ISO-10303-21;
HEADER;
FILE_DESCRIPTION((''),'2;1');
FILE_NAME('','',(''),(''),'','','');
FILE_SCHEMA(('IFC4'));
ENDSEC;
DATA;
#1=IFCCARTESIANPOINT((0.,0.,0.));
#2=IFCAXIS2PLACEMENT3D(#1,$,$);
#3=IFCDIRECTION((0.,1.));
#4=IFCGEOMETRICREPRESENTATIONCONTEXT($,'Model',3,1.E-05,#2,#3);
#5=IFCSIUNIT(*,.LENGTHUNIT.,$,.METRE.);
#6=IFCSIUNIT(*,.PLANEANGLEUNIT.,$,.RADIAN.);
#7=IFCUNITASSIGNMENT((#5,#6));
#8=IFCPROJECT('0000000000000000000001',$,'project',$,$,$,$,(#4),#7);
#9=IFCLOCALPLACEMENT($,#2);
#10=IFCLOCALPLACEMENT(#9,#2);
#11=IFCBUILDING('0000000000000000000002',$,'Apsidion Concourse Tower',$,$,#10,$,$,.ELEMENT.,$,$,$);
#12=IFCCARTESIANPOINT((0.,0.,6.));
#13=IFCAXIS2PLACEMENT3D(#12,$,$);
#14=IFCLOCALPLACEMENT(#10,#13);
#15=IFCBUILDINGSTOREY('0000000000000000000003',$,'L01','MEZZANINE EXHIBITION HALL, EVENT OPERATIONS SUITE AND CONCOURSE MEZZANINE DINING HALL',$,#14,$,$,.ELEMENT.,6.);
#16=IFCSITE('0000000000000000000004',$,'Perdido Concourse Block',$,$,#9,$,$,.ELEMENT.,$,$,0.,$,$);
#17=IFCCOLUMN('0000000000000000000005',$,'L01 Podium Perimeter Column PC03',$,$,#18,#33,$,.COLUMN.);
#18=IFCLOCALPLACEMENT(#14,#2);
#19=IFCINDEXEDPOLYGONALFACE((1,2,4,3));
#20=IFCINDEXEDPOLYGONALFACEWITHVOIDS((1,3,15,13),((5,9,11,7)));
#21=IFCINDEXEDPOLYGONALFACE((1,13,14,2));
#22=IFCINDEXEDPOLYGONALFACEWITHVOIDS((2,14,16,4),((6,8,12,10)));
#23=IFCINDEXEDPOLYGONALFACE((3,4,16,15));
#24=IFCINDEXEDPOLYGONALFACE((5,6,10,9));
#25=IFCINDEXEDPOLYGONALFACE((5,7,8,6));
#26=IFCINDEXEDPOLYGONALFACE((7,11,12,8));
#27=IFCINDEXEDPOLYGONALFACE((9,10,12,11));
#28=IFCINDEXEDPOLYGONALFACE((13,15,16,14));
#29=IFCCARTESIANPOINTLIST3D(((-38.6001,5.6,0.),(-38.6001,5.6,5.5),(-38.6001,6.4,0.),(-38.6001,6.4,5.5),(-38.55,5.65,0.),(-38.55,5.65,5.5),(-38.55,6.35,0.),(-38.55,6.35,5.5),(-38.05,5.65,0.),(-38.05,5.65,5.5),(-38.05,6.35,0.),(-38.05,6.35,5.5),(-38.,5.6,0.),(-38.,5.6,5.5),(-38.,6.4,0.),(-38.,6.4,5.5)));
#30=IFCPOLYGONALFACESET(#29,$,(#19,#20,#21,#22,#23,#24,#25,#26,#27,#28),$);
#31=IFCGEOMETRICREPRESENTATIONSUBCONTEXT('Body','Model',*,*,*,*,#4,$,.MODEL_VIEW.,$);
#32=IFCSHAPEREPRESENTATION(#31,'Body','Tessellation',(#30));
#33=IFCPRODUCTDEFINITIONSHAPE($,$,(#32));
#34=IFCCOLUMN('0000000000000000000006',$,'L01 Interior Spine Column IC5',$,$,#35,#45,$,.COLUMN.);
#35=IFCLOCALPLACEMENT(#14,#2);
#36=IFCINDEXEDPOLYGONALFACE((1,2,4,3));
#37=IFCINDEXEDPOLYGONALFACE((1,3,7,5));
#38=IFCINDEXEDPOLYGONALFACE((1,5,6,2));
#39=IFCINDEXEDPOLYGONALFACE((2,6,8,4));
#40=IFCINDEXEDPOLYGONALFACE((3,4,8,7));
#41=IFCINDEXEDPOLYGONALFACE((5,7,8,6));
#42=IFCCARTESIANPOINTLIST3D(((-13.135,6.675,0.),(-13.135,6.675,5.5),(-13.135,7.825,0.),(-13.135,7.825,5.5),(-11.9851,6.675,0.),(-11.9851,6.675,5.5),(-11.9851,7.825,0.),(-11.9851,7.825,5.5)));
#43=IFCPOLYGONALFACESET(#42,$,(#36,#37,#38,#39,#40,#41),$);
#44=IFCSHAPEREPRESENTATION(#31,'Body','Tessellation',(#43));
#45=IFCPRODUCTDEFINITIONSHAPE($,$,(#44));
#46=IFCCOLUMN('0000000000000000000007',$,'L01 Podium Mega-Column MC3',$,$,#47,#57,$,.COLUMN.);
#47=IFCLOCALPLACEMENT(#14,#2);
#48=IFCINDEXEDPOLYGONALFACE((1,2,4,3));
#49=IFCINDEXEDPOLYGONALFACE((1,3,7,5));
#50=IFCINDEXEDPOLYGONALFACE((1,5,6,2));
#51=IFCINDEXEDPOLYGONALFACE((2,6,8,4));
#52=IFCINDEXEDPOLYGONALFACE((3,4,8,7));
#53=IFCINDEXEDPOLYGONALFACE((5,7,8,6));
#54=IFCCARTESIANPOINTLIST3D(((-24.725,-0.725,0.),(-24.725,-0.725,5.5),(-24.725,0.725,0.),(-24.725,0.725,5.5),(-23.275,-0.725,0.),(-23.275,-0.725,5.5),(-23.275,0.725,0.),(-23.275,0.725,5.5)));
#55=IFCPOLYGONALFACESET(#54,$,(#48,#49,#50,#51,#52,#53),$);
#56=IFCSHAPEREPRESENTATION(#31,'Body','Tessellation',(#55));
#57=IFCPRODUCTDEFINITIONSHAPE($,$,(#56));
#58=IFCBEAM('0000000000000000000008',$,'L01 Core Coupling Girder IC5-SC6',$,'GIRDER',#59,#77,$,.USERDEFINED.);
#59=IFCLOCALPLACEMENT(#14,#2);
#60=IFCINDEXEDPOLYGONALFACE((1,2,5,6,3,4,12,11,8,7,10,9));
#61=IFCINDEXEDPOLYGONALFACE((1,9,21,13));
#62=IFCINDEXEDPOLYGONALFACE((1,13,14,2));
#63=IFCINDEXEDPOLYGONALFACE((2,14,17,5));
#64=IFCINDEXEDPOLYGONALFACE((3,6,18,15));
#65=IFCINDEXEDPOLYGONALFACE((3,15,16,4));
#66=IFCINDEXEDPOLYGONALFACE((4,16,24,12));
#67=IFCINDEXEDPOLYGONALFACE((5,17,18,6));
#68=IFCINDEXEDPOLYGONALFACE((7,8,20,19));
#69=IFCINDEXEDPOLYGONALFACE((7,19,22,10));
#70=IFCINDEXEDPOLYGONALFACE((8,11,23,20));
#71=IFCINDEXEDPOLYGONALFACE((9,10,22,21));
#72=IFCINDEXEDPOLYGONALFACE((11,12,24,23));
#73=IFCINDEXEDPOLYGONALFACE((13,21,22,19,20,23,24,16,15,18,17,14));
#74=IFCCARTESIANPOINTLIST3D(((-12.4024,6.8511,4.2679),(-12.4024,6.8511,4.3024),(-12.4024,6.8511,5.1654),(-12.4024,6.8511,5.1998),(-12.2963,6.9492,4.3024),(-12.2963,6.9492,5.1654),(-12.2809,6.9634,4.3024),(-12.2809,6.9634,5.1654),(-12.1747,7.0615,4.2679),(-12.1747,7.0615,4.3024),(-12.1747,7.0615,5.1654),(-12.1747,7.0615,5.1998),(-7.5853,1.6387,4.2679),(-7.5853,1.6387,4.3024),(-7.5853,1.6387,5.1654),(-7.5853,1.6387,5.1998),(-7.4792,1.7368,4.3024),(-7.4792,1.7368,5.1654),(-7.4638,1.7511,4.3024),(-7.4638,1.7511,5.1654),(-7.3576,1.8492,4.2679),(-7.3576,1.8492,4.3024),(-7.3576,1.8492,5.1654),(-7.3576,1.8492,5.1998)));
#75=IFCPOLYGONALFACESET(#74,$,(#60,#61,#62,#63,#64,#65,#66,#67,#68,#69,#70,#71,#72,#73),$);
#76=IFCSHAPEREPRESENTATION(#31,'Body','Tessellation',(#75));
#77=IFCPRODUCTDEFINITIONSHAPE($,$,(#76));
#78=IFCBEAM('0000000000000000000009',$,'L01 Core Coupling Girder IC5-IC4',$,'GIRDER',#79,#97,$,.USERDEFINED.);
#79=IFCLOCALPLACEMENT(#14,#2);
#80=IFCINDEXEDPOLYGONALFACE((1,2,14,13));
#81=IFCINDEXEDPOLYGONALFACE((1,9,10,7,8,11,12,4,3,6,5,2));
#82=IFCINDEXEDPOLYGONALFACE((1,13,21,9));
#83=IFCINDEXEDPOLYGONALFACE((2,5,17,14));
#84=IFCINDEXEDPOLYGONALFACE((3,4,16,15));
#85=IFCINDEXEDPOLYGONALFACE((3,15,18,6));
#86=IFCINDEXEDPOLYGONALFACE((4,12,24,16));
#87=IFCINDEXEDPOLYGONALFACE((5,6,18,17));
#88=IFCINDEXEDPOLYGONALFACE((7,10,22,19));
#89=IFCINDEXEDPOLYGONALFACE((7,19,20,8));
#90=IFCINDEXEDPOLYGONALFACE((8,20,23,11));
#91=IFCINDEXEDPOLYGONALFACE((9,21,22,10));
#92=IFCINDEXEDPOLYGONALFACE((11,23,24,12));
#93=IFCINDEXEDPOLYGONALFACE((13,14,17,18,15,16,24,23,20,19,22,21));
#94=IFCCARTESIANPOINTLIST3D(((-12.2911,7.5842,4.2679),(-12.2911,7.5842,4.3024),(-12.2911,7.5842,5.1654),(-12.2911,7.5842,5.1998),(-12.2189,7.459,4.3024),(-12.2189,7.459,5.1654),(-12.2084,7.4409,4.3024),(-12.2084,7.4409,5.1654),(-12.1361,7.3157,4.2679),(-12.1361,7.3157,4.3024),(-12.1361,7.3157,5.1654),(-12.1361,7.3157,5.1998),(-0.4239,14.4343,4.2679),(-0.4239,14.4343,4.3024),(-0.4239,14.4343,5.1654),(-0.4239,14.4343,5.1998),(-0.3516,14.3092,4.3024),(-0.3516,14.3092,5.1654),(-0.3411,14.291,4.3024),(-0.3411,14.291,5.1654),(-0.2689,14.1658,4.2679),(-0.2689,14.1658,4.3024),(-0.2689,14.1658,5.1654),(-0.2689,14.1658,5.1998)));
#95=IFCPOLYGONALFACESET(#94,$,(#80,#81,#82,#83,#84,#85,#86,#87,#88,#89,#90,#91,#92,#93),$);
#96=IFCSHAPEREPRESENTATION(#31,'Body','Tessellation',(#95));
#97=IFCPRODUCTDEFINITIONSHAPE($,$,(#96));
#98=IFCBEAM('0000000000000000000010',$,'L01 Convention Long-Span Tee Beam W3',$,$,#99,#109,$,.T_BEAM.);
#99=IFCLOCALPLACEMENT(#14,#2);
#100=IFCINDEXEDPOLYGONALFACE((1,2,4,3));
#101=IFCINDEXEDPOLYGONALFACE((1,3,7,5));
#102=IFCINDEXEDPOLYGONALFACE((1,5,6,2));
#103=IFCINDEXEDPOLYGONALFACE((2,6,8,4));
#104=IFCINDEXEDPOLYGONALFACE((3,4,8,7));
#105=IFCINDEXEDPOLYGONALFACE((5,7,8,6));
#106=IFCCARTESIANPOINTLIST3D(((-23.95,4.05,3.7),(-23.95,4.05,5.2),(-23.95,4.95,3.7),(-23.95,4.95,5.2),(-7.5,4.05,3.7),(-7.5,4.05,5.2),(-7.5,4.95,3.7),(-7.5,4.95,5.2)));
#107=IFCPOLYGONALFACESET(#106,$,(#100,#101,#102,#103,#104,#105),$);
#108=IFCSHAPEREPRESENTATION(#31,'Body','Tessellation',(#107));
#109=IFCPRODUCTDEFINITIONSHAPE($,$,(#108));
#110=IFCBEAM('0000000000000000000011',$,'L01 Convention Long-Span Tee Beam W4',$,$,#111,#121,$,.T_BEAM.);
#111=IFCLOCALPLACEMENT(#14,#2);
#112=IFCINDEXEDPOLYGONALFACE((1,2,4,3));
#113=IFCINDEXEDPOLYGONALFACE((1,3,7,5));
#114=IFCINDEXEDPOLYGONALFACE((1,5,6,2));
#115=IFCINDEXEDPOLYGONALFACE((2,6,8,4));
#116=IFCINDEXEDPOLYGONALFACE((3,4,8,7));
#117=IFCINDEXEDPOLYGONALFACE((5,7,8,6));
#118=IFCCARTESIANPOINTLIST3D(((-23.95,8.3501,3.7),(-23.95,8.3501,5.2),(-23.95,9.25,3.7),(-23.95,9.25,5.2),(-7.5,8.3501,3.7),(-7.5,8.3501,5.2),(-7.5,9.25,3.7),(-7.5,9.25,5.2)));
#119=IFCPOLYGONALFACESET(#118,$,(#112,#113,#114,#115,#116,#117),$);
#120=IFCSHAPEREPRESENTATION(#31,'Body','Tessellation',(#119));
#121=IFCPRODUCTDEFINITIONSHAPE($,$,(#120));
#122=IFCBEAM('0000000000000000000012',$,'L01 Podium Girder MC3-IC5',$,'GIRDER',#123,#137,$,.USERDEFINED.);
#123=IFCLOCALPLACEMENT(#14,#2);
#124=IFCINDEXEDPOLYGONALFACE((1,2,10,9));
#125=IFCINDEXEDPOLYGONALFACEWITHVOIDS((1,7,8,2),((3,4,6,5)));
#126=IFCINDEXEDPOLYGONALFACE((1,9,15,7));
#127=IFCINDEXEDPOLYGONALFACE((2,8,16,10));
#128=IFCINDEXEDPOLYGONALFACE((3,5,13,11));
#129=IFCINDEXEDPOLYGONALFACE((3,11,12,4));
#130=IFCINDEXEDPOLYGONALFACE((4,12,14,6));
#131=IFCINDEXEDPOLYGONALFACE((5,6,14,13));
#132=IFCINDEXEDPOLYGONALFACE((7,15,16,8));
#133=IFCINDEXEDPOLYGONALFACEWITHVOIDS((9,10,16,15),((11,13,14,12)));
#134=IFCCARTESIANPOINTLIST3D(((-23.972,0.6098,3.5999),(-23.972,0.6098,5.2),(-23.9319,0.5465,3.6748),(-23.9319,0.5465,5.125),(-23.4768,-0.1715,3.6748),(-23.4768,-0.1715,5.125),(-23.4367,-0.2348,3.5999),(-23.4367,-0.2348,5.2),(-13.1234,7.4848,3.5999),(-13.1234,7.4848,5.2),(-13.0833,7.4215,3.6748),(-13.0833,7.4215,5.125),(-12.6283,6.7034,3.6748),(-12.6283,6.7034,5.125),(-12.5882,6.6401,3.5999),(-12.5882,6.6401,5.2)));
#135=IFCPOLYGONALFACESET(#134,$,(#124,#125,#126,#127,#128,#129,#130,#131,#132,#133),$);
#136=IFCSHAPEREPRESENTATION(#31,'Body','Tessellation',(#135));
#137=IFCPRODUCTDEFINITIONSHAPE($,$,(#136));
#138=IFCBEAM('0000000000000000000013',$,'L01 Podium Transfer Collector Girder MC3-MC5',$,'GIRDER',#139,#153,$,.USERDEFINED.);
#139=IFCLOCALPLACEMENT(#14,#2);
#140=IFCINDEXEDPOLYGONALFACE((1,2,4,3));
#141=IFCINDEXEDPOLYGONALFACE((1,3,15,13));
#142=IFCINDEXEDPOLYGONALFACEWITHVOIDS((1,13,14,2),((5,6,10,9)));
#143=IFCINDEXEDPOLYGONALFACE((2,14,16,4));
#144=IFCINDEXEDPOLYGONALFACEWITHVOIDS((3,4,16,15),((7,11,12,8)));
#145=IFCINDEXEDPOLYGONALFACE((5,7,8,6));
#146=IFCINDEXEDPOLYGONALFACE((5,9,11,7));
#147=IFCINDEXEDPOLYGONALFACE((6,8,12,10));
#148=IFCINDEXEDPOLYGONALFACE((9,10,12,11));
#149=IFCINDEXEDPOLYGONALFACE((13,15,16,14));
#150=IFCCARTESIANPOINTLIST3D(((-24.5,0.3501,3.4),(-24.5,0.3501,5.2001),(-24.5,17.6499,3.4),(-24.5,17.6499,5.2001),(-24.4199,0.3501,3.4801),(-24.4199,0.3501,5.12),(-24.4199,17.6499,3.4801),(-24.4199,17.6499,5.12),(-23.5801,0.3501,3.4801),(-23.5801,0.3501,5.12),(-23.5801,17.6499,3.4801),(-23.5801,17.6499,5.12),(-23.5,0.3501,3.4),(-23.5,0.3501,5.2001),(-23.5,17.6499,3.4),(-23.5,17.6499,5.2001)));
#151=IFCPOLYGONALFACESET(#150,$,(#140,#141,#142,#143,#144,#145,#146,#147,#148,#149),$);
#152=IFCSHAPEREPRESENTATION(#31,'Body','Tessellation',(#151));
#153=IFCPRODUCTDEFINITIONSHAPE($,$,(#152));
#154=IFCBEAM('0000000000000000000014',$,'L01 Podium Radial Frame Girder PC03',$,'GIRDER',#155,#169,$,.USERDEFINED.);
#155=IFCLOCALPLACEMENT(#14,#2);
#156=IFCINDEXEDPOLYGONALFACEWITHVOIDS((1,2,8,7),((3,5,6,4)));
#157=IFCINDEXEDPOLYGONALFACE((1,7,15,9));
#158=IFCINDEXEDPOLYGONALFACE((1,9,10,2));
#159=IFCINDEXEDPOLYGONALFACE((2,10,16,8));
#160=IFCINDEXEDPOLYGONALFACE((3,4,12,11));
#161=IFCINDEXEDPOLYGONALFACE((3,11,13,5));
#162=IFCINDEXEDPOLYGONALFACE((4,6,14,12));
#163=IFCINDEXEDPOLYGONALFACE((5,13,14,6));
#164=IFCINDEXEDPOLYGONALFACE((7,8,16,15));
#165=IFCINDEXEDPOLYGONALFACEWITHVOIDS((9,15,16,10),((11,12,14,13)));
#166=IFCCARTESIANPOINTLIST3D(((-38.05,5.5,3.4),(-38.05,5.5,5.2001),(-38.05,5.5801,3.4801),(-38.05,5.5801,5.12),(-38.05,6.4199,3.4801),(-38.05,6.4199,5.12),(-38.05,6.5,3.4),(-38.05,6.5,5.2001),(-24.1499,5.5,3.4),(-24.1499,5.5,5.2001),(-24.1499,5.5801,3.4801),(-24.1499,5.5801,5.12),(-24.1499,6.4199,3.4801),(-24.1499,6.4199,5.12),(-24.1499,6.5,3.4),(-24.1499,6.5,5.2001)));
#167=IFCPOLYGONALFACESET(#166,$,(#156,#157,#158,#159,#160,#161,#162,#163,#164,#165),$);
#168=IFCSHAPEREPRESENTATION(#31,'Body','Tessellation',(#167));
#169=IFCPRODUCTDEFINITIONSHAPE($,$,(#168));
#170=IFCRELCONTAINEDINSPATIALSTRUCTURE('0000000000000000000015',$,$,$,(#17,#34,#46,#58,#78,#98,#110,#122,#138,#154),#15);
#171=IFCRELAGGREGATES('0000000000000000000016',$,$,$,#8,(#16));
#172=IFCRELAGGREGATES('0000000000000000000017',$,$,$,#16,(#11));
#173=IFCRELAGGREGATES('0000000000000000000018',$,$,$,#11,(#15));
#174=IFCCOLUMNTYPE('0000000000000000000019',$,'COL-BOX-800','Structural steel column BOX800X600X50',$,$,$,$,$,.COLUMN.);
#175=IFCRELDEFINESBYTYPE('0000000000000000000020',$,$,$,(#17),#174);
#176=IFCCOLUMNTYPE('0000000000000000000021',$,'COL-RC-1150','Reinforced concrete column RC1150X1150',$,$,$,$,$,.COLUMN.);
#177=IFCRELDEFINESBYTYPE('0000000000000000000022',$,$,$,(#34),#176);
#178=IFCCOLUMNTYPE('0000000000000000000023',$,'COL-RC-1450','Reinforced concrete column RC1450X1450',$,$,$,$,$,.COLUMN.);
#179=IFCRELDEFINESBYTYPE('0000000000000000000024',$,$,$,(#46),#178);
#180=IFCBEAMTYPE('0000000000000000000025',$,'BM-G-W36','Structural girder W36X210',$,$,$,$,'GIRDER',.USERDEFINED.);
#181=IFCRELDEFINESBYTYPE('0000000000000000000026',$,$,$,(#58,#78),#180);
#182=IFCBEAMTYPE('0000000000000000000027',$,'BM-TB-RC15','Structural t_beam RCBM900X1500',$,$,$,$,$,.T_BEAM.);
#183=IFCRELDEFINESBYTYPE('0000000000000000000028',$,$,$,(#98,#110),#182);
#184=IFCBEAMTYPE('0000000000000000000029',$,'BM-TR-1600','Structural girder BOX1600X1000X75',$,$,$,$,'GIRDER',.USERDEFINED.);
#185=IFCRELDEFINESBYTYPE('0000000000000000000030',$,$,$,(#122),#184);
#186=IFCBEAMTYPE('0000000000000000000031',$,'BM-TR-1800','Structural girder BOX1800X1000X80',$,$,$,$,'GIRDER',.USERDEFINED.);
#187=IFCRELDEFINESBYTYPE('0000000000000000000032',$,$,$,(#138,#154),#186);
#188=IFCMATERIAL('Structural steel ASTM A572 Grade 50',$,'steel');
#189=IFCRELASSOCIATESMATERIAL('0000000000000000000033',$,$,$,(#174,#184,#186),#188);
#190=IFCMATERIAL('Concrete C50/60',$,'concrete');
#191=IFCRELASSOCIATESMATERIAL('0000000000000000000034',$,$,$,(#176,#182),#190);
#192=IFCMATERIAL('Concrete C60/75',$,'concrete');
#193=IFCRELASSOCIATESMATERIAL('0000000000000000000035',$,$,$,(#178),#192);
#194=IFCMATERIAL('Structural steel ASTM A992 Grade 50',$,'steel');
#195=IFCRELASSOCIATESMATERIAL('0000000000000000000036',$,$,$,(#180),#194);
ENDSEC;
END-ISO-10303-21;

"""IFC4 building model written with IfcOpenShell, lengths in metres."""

from ifc_helpers import new_model, si_unit, direction, frame, origin, origin_2d, place, context, subcontext, project, spatial, rectangle, hollow_rectangle, i_section, extrude, material, material_profile, profile_set, type_object, element, save


model = new_model("IFC4")

# Units and contexts
model_context = context("Model", 3, precision=1e-05, world=origin(), true_north=direction((0.0, 1.0)))
body_context = subcontext(model_context, "Body", "Model", "MODEL_VIEW")
ifc_project = project(units=[si_unit("LENGTHUNIT", "METRE"), si_unit("PLANEANGLEUNIT", "RADIAN")], contexts=[model_context])

# Site, building, storey
site_placement = place(None, origin())
site = spatial("IfcSite", under=ifc_project, at=site_placement, Name="Perdido Concourse Block", CompositionType="ELEMENT", RefElevation=0.0)
building_placement = place(site_placement, origin())
building = spatial("IfcBuilding", under=site, at=building_placement, Name="Apsidion Concourse Tower", CompositionType="ELEMENT")
storey_placement = place(building_placement, frame((0.0, 0.0, 6.0)))
storey = spatial("IfcBuildingStorey", under=building, at=storey_placement, Name="L01", Description="MEZZANINE EXHIBITION HALL, EVENT OPERATIONS SUITE AND CONCOURSE MEZZANINE DINING HALL", CompositionType="ELEMENT", Elevation=6.0)

# Columns
ifc_material_1 = material(Name="Structural steel ASTM A572 Grade 50", Category="steel")
ifc_material_profile_1 = material_profile(ifc_material_1, hollow_rectangle(XDim=0.6001, YDim=0.8, WallThickness=0.05, at=origin_2d()), Name="BOX800X600X50")
ifc_profile_set_1 = profile_set([ifc_material_profile_1], Name="Structural steel ASTM A572 Grade 50")
column_type_1 = type_object("IfcColumnType", Name="COL-BOX-800", Description="Structural steel column BOX800X600X50", PredefinedType="COLUMN", material=ifc_profile_set_1)
column_1_placement = place(storey_placement, frame((-38.3, 6.0, 0.0), z_axis=(0.0, 0.0, 1.0), x_axis=(1.0, 0.0, 0.0)))
element("IfcColumn", 1, at=column_1_placement, inside=storey, type_object=column_type_1, Name="L01 Podium Perimeter Column PC03", PredefinedType="COLUMN", context=body_context, shape_type="SweptSolid", body=[
    extrude(hollow_rectangle(XDim=0.6001, YDim=0.8, WallThickness=0.05, at=origin_2d()), origin(), (0.0, 0.0, 1.0), 5.5),
])
ifc_material_2 = material(Name="Concrete C50/60", Category="concrete")
ifc_material_profile_2 = material_profile(ifc_material_2, rectangle(XDim=1.1499, YDim=1.1499, at=origin_2d()), Name="RC 1150x1150")
ifc_profile_set_2 = profile_set([ifc_material_profile_2], Name="Concrete C50/60")
column_type_2 = type_object("IfcColumnType", Name="COL-RC-1150", Description="Reinforced concrete column RC1150X1150", PredefinedType="COLUMN", material=ifc_profile_set_2)
column_2_placement = place(storey_placement, frame((-12.5601, 7.25, 0.0), z_axis=(0.0, 0.0, 1.0), x_axis=(1.0, 0.0, 0.0)))
element("IfcColumn", 2, at=column_2_placement, inside=storey, type_object=column_type_2, Name="L01 Interior Spine Column IC5", PredefinedType="COLUMN", context=body_context, shape_type="SweptSolid", body=[
    extrude(rectangle(XDim=1.1499, YDim=1.1499, at=origin_2d()), origin(), (0.0, 0.0, 1.0), 5.5),
])
ifc_material_3 = material(Name="Concrete C60/75", Category="concrete")
ifc_material_profile_3 = material_profile(ifc_material_3, rectangle(XDim=1.45, YDim=1.45, at=origin_2d()), Name="RC 1450x1450")
ifc_profile_set_3 = profile_set([ifc_material_profile_3], Name="Concrete C60/75")
column_type_3 = type_object("IfcColumnType", Name="COL-RC-1450", Description="Reinforced concrete column RC1450X1450", PredefinedType="COLUMN", material=ifc_profile_set_3)
column_3_placement = place(storey_placement, frame((-24.0, 0.0, 0.0), z_axis=(0.0, 0.0, 1.0), x_axis=(1.0, 0.0, 0.0)))
element("IfcColumn", 3, at=column_3_placement, inside=storey, type_object=column_type_3, Name="L01 Podium Mega-Column MC3", PredefinedType="COLUMN", context=body_context, shape_type="SweptSolid", body=[
    extrude(rectangle(XDim=1.45, YDim=1.45, at=origin_2d()), origin(), (0.0, 0.0, 1.0), 5.5),
])

# Beams
ifc_material_4 = material(Name="Structural steel ASTM A992 Grade 50", Category="steel")
ifc_material_profile_4 = material_profile(ifc_material_4, i_section(OverallWidth=0.3101, OverallDepth=0.9319, WebThickness=0.021, FlangeThickness=0.0344, at=origin_2d()), Name="W36X210")
ifc_profile_set_4 = profile_set([ifc_material_profile_4], Name="Structural steel ASTM A992 Grade 50")
beam_type_1 = type_object("IfcBeamType", Name="BM-G-W36", Description="Structural girder W36X210", ElementType="GIRDER", PredefinedType="USERDEFINED", material=ifc_profile_set_4)
beam_1_placement = place(storey_placement, frame((-12.2886, 6.9563, 4.7339), z_axis=(0.678713, -0.734404, 0.0), x_axis=(0.734404, 0.678713, 0.0)))
element("IfcBeam", 4, at=beam_1_placement, inside=storey, type_object=beam_type_1, Name="L01 Core Coupling Girder IC5-SC6", ObjectType="GIRDER", PredefinedType="USERDEFINED", context=body_context, shape_type="SweptSolid", body=[
    extrude(i_section(OverallWidth=0.3101, OverallDepth=0.9319, WebThickness=0.021, FlangeThickness=0.0344, at=origin_2d()), origin(), (0.0, 0.0, 1.0), 7.0974),
])
beam_2_placement = place(storey_placement, frame((-12.2136, 7.45, 4.7339), z_axis=(0.86607, 0.499922, 0.0), x_axis=(-0.499922, 0.86607, 0.0)))
element("IfcBeam", 5, at=beam_2_placement, inside=storey, type_object=beam_type_1, Name="L01 Core Coupling Girder IC5-IC4", ObjectType="GIRDER", PredefinedType="USERDEFINED", context=body_context, shape_type="SweptSolid", body=[
    extrude(i_section(OverallWidth=0.3101, OverallDepth=0.9319, WebThickness=0.021, FlangeThickness=0.0344, at=origin_2d()), origin(), (0.0, 0.0, 1.0), 13.7024),
])
ifc_material_profile_5 = material_profile(ifc_material_2, rectangle(XDim=0.8999, YDim=1.5, at=origin_2d()), Name="RC 900x1500")
ifc_profile_set_5 = profile_set([ifc_material_profile_5], Name="Concrete C50/60")
beam_type_2 = type_object("IfcBeamType", Name="BM-TB-RC15", Description="Structural t_beam RCBM900X1500", PredefinedType="T_BEAM", material=ifc_profile_set_5)
for number, where, z_axis, x_axis, name in (
    (6, (-23.95, 4.5, 4.45), (1.0, 0.0, 0.0), (0.0, 1.0, 0.0), "L01 Convention Long-Span Tee Beam W3"),
    (7, (-23.95, 8.8, 4.45), (1.0, 0.0, 0.0), (0.0, 1.0, 0.0), "L01 Convention Long-Span Tee Beam W4"),
):
    element("IfcBeam", number, at=place(storey_placement, frame(where, z_axis=z_axis, x_axis=x_axis)), inside=storey, type_object=beam_type_2, Name=name, PredefinedType="T_BEAM", context=body_context, shape_type="SweptSolid", body=[
        extrude(rectangle(XDim=0.8999, YDim=1.5, at=origin_2d()), origin(), (0.0, 0.0, 1.0), 16.45),
    ])
ifc_material_profile_6 = material_profile(ifc_material_1, hollow_rectangle(XDim=1.0, YDim=1.6001, WallThickness=0.075, at=origin_2d()), Name="BOX1600X1000X75")
ifc_profile_set_6 = profile_set([ifc_material_profile_6], Name="Structural steel ASTM A572 Grade 50")
beam_type_3 = type_object("IfcBeamType", Name="BM-TR-1600", Description="Structural girder BOX1600X1000X75", ElementType="GIRDER", PredefinedType="USERDEFINED", material=ifc_profile_set_6)
beam_3_placement = place(storey_placement, frame((-23.7043, 0.1875, 4.3999), z_axis=(0.844671, 0.535285, 0.0), x_axis=(-0.535285, 0.844671, 0.0)))
element("IfcBeam", 8, at=beam_3_placement, inside=storey, type_object=beam_type_3, Name="L01 Podium Girder MC3-IC5", ObjectType="GIRDER", PredefinedType="USERDEFINED", context=body_context, shape_type="SweptSolid", body=[
    extrude(hollow_rectangle(XDim=1.0, YDim=1.6001, WallThickness=0.075, at=origin_2d()), origin(), (0.0, 0.0, 1.0), 12.8435),
])
ifc_material_profile_7 = material_profile(ifc_material_1, hollow_rectangle(XDim=1.0, YDim=1.8, WallThickness=0.0801, at=origin_2d()), Name="BOX1800X1000X80")
ifc_profile_set_7 = profile_set([ifc_material_profile_7], Name="Structural steel ASTM A572 Grade 50")
beam_type_4 = type_object("IfcBeamType", Name="BM-TR-1800", Description="Structural girder BOX1800X1000X80", ElementType="GIRDER", PredefinedType="USERDEFINED", material=ifc_profile_set_7)
beam_4_placement = place(storey_placement, frame((-24.0, 0.3501, 4.3), z_axis=(0.0, 1.0, 0.0), x_axis=(-1.0, 0.0, 0.0)))
element("IfcBeam", 9, at=beam_4_placement, inside=storey, type_object=beam_type_4, Name="L01 Podium Transfer Collector Girder MC3-MC5", ObjectType="GIRDER", PredefinedType="USERDEFINED", context=body_context, shape_type="SweptSolid", body=[
    extrude(hollow_rectangle(XDim=1.0, YDim=1.8, WallThickness=0.0801, at=origin_2d()), origin(), (0.0, 0.0, 1.0), 17.2998),
])
beam_5_placement = place(storey_placement, frame((-38.05, 6.0, 4.3), z_axis=(1.0, 0.0, 0.0), x_axis=(0.0, 1.0, 0.0)))
element("IfcBeam", 10, at=beam_5_placement, inside=storey, type_object=beam_type_4, Name="L01 Podium Radial Frame Girder PC03", ObjectType="GIRDER", PredefinedType="USERDEFINED", context=body_context, shape_type="SweptSolid", body=[
    extrude(hollow_rectangle(XDim=1.0, YDim=1.8, WallThickness=0.0801, at=origin_2d()), origin(), (0.0, 0.0, 1.0), 13.9001),
])

save(model, "model.ifc")
